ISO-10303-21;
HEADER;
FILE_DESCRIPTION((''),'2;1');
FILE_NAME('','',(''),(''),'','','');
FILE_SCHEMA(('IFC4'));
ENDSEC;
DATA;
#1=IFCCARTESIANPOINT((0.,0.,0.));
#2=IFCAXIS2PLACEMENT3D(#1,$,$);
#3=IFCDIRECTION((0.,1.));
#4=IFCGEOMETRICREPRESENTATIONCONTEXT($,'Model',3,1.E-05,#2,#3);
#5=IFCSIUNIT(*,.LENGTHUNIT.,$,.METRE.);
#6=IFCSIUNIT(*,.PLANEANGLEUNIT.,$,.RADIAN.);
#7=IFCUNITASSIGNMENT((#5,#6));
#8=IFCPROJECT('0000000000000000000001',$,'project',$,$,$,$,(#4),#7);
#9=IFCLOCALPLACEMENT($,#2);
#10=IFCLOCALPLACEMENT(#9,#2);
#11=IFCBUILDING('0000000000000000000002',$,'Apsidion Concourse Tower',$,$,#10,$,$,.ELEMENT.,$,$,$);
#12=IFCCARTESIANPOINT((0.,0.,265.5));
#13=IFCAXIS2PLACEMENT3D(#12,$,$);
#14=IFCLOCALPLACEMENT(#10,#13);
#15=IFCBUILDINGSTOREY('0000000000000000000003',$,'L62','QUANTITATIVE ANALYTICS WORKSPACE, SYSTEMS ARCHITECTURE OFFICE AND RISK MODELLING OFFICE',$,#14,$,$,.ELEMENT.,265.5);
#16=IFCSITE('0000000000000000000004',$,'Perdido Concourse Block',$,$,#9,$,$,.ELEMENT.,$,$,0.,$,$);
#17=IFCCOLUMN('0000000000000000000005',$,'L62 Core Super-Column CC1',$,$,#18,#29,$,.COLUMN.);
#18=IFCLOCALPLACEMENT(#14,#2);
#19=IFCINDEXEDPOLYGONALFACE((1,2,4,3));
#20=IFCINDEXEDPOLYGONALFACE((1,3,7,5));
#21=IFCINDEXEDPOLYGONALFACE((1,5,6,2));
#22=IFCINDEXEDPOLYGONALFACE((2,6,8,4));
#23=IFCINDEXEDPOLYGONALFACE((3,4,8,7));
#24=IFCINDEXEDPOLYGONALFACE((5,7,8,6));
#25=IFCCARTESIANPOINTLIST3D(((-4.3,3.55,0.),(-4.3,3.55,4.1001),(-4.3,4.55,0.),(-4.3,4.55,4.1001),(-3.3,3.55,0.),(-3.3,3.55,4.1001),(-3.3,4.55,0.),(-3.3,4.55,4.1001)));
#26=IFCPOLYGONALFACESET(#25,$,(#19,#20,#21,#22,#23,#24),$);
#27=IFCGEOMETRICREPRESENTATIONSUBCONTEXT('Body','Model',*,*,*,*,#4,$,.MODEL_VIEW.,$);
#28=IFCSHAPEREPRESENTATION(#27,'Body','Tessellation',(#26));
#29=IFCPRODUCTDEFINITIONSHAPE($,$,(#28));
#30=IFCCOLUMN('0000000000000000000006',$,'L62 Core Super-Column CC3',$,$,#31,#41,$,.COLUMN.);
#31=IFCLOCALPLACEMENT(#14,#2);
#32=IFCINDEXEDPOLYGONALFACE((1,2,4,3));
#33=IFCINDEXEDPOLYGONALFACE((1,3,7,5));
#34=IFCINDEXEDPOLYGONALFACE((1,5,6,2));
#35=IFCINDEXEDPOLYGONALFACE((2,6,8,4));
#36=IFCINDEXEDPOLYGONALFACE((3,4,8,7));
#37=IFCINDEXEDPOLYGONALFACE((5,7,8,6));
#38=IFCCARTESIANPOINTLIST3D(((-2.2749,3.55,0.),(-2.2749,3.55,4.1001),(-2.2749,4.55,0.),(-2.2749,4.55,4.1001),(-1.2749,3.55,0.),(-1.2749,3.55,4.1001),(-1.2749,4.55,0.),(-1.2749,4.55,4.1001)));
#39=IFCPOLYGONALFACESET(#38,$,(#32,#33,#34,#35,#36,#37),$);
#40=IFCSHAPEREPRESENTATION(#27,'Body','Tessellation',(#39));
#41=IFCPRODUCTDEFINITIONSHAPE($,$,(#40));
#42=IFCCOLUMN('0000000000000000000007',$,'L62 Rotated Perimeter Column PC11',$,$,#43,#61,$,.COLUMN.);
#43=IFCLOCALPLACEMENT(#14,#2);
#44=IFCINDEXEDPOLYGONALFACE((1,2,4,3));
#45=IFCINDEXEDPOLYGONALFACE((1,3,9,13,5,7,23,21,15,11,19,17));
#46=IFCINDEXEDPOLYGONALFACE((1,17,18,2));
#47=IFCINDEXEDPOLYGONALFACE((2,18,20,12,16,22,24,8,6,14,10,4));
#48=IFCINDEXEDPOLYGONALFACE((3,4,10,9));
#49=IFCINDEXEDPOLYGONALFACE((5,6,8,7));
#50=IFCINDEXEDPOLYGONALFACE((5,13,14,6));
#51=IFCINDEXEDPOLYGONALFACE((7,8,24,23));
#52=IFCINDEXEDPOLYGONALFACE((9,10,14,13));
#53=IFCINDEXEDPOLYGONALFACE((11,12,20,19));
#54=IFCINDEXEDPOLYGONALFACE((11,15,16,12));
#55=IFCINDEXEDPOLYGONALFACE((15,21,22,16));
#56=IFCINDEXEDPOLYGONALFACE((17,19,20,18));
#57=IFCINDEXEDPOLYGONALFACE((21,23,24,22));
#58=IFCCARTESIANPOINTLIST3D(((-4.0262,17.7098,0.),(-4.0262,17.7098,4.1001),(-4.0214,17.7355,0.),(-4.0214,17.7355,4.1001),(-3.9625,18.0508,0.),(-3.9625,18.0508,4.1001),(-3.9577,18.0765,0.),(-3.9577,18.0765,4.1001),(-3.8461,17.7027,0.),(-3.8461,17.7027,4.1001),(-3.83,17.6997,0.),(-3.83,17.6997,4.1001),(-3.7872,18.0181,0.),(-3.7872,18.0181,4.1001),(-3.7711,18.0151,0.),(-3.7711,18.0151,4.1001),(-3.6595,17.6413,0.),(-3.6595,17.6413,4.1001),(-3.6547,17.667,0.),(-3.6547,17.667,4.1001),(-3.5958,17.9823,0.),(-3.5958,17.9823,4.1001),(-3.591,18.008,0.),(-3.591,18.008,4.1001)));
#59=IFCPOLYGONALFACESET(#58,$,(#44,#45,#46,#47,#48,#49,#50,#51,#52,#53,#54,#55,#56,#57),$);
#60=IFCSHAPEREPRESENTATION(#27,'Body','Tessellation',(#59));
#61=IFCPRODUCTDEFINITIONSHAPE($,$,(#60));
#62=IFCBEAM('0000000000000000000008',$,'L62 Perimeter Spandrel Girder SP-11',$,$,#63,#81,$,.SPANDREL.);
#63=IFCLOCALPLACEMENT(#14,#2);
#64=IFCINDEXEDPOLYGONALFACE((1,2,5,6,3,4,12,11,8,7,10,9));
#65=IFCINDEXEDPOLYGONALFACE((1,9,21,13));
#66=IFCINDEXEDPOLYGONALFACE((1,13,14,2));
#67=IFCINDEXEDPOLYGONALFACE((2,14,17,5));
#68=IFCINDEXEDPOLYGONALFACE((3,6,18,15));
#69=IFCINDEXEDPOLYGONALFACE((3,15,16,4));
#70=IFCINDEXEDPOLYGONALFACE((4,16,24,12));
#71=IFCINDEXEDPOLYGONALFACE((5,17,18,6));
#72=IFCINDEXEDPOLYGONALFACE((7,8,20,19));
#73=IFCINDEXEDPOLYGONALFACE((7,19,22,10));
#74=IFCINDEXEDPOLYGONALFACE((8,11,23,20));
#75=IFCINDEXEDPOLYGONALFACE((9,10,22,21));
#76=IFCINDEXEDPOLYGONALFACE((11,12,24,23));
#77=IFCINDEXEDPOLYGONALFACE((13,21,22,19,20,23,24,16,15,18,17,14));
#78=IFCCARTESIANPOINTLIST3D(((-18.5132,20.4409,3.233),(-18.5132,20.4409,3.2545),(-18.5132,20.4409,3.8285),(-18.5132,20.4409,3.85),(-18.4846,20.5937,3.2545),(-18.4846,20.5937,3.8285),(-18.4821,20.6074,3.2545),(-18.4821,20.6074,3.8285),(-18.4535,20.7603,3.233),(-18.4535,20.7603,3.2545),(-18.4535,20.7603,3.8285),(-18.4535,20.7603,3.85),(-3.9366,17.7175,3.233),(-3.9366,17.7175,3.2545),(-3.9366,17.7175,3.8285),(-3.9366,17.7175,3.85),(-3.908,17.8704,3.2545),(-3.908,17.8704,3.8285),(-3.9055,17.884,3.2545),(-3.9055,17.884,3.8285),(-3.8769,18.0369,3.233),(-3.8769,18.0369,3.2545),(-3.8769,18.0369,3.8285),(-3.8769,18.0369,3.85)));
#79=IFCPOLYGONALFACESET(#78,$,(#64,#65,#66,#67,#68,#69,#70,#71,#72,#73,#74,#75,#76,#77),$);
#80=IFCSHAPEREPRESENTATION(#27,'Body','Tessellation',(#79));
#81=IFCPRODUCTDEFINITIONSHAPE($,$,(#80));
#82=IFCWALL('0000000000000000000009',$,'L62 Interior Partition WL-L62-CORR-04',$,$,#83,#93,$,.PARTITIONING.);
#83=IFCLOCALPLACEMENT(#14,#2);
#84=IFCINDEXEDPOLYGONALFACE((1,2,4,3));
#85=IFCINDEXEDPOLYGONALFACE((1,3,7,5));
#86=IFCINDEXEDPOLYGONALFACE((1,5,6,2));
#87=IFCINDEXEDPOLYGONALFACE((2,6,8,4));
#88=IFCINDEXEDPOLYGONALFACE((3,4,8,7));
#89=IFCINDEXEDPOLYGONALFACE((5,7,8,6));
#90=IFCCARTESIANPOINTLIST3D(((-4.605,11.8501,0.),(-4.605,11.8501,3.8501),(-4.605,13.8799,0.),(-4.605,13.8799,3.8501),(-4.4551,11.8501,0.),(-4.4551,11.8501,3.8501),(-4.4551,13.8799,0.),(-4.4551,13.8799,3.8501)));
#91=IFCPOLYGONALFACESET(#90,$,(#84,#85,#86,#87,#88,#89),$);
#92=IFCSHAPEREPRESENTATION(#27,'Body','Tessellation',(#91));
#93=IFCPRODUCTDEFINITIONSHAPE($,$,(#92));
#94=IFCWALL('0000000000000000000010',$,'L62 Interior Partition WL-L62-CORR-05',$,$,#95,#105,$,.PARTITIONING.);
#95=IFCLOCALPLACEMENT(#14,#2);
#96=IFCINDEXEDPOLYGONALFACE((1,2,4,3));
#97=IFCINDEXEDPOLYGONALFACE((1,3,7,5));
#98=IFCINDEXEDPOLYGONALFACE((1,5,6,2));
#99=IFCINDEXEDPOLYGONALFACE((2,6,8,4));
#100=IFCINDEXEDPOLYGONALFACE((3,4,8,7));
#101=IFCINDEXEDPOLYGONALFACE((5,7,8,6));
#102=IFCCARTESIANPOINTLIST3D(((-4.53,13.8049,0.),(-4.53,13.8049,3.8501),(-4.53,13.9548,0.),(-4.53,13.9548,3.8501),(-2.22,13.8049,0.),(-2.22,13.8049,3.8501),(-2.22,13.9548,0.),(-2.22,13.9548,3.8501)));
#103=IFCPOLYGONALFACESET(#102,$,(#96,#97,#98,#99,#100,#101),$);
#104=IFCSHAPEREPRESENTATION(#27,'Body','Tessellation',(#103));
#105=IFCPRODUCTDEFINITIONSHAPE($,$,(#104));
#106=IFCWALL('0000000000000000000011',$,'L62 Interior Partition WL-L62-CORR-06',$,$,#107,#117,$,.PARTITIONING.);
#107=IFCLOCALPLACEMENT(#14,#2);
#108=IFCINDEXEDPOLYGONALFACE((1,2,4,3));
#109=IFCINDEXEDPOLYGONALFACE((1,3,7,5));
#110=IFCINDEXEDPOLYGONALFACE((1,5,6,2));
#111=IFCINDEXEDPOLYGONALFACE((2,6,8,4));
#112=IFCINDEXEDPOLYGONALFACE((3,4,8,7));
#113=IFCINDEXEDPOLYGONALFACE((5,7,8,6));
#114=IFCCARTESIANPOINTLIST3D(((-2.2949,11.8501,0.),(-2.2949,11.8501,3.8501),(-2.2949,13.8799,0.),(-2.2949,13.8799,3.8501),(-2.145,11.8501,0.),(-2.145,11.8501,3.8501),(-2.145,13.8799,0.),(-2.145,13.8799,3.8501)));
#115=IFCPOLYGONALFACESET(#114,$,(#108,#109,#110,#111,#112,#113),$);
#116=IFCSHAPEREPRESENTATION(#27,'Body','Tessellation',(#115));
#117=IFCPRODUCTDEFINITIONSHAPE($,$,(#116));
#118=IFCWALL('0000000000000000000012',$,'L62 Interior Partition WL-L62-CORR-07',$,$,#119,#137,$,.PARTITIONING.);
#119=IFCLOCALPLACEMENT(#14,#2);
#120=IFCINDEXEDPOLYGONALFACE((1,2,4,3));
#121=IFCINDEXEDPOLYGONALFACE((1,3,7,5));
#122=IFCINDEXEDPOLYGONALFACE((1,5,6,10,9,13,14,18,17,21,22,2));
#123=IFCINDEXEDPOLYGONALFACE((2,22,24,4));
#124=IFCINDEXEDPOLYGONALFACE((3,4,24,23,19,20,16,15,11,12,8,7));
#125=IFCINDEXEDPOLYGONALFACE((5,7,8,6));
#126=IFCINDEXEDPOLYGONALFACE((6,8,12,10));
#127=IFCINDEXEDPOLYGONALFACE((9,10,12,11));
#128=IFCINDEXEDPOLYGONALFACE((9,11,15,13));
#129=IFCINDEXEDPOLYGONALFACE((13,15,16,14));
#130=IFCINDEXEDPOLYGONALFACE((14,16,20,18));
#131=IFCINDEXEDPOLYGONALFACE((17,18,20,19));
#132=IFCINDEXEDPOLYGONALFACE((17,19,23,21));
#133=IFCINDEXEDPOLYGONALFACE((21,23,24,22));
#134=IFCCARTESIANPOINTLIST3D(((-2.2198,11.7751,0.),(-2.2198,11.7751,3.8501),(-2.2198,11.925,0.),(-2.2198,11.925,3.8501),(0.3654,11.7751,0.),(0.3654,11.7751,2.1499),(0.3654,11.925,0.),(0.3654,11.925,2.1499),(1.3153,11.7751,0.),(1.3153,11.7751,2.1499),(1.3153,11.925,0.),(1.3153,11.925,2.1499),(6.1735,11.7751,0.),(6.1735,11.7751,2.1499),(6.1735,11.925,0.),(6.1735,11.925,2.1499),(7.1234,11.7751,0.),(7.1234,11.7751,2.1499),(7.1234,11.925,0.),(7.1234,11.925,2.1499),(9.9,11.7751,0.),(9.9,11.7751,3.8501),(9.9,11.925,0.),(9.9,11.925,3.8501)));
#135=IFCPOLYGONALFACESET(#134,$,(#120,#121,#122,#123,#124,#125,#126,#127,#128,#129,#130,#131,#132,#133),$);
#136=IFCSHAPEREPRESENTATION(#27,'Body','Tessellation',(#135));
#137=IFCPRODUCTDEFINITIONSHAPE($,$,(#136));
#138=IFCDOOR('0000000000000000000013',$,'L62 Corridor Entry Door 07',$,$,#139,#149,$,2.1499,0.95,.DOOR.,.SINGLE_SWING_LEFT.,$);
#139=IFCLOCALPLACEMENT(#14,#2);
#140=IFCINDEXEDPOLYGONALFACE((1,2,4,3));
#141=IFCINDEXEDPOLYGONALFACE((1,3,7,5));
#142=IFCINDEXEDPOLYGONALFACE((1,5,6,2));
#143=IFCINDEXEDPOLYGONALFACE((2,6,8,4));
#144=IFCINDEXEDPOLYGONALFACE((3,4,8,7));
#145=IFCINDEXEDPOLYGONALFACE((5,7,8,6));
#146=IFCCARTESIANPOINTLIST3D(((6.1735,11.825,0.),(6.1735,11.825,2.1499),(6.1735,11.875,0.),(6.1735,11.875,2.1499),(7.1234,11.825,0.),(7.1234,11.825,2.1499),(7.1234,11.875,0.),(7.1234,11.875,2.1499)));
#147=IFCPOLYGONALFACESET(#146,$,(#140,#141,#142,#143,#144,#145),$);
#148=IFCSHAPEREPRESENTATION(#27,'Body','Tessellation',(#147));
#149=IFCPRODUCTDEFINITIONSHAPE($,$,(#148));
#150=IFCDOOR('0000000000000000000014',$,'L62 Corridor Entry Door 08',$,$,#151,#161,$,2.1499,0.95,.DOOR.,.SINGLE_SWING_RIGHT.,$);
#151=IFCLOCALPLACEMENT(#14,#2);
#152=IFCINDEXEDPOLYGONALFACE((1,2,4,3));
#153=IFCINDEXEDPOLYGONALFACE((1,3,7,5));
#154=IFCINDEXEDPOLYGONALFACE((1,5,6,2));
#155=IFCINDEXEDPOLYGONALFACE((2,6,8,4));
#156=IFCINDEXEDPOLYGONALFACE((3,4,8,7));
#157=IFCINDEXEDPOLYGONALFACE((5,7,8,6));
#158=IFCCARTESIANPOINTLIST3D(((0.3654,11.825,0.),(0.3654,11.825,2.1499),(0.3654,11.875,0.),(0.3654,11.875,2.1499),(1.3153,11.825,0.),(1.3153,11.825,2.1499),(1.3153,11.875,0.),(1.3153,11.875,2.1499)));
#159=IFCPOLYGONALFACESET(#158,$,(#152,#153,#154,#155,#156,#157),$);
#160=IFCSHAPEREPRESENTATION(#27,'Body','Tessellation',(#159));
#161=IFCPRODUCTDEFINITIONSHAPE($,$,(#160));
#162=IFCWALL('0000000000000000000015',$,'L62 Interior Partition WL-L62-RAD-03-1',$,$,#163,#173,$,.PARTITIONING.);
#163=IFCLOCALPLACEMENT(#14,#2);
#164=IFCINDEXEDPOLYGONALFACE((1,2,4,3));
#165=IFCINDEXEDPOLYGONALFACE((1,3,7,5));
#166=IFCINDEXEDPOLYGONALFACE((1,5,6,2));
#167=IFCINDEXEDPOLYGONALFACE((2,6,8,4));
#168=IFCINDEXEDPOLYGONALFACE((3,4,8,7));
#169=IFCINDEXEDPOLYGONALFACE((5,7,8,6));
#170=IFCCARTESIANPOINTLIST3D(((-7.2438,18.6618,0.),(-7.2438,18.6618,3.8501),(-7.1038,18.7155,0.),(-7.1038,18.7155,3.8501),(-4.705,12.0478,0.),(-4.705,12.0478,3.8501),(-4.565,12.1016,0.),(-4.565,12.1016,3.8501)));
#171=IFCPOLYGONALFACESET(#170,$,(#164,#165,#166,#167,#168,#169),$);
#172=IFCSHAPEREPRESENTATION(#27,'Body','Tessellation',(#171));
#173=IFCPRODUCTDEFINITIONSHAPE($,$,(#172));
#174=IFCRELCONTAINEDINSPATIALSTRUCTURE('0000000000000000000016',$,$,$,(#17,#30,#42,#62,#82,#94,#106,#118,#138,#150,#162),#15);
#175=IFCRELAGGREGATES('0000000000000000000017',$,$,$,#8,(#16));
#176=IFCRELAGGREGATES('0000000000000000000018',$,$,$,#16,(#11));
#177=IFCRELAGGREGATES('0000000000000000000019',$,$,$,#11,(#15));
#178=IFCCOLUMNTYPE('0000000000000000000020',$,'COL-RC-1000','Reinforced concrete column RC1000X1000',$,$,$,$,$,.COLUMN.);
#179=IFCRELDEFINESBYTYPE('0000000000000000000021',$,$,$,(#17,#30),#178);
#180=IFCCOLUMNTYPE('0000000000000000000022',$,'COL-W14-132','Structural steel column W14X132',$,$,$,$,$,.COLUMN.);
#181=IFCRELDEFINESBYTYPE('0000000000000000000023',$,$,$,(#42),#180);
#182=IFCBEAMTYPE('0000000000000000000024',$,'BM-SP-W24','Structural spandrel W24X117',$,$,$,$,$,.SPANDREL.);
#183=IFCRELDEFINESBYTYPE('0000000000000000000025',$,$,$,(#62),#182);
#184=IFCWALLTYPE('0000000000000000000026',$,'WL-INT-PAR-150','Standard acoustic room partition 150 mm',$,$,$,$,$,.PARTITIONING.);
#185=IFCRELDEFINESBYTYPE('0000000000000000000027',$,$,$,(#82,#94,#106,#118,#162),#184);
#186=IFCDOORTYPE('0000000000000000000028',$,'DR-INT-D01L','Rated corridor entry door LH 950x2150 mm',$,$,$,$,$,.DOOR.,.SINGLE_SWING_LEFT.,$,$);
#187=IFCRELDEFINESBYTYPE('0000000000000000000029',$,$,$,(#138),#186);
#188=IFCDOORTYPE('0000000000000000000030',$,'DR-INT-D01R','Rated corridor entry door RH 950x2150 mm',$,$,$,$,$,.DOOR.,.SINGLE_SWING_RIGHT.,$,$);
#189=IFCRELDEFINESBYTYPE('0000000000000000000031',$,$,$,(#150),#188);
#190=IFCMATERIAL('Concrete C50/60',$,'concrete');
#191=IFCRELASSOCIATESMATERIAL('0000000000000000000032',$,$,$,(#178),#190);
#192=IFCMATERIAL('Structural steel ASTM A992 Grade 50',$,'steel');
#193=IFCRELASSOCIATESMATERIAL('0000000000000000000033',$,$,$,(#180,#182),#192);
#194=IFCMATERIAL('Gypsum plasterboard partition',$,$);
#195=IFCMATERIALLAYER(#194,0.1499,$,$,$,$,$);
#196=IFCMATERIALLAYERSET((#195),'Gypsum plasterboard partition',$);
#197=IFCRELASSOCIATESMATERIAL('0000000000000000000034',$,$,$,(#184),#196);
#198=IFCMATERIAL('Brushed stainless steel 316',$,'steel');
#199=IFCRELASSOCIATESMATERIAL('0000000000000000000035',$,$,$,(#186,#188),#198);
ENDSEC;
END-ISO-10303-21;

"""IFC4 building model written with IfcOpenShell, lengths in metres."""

from ifc_helpers import new_model, si_unit, direction, frame, frame_2d, origin, origin_2d, place, context, subcontext, project, spatial, rectangle, i_section, extrude, material, layer, layer_set, material_profile, profile_set, type_object, element, fill, save


model = new_model("IFC4")

# Units and contexts
model_context = context("Model", 3, precision=1e-05, world=origin(), true_north=direction((0.0, 1.0)))
body_context = subcontext(model_context, "Body", "Model", "MODEL_VIEW")
ifc_project = project(units=[si_unit("LENGTHUNIT", "METRE"), si_unit("PLANEANGLEUNIT", "RADIAN")], contexts=[model_context])

# Site, building, storey
site_placement = place(None, origin())
site = spatial("IfcSite", under=ifc_project, at=site_placement, Name="Perdido Concourse Block", CompositionType="ELEMENT", RefElevation=0.0)
building_placement = place(site_placement, origin())
building = spatial("IfcBuilding", under=site, at=building_placement, Name="Apsidion Concourse Tower", CompositionType="ELEMENT")
storey_placement = place(building_placement, frame((0.0, 0.0, 265.5)))
storey = spatial("IfcBuildingStorey", under=building, at=storey_placement, Name="L62", Description="QUANTITATIVE ANALYTICS WORKSPACE, SYSTEMS ARCHITECTURE OFFICE AND RISK MODELLING OFFICE", CompositionType="ELEMENT", Elevation=265.5)

# Columns
ifc_material_1 = material(Name="Concrete C50/60", Category="concrete")
ifc_material_profile_1 = material_profile(ifc_material_1, rectangle(XDim=1.0, YDim=1.0, at=origin_2d()), Name="RC 1000x1000")
ifc_profile_set_1 = profile_set([ifc_material_profile_1], Name="Concrete C50/60")
column_type_1 = type_object("IfcColumnType", Name="COL-RC-1000", Description="Reinforced concrete column RC1000X1000", PredefinedType="COLUMN", material=ifc_profile_set_1)
for number, where, z_axis, x_axis, name in (
    (1, (-3.8, 4.05, 0.0), (0.0, 0.0, 1.0), (1.0, 0.0, 0.0), "L62 Core Super-Column CC1"),
    (2, (-1.7749, 4.05, 0.0), (0.0, 0.0, 1.0), (1.0, 0.0, 0.0), "L62 Core Super-Column CC3"),
):
    element("IfcColumn", number, at=place(storey_placement, frame(where, z_axis=z_axis, x_axis=x_axis)), inside=storey, type_object=column_type_1, Name=name, PredefinedType="COLUMN", context=body_context, shape_type="SweptSolid", body=[
        extrude(rectangle(XDim=1.0, YDim=1.0, at=origin_2d()), origin(), (0.0, 0.0, 1.0), 4.1001),
    ])
ifc_material_2 = material(Name="Structural steel ASTM A992 Grade 50", Category="steel")
ifc_material_profile_2 = material_profile(ifc_material_2, i_section(OverallWidth=0.373, OverallDepth=0.373, WebThickness=0.0164, FlangeThickness=0.0261, at=origin_2d()), Name="W14X132")
ifc_profile_set_2 = profile_set([ifc_material_profile_2], Name="Structural steel ASTM A992 Grade 50")
column_type_2 = type_object("IfcColumnType", Name="COL-W14-132", Description="Structural steel column W14X132", PredefinedType="COLUMN", material=ifc_profile_set_2)
column_placement = place(storey_placement, frame((-3.8086, 17.8589, 0.0), z_axis=(0.0, 0.0, 1.0), x_axis=(-0.983, 0.183608, 0.0)))
element("IfcColumn", 3, at=column_placement, inside=storey, type_object=column_type_2, Name="L62 Rotated Perimeter Column PC11", PredefinedType="COLUMN", context=body_context, shape_type="SweptSolid", body=[
    extrude(i_section(OverallWidth=0.373, OverallDepth=0.373, WebThickness=0.0164, FlangeThickness=0.0261, at=origin_2d()), origin(), (0.0, 0.0, 1.0), 4.1001),
])

# Beam
ifc_material_profile_3 = material_profile(ifc_material_2, i_section(OverallWidth=0.325, OverallDepth=0.6169, WebThickness=0.0139, FlangeThickness=0.0215, at=origin_2d()), Name="W24X117")
ifc_profile_set_3 = profile_set([ifc_material_profile_3], Name="Structural steel ASTM A992 Grade 50")
beam_type = type_object("IfcBeamType", Name="BM-SP-W24", Description="Structural spandrel W24X117", PredefinedType="SPANDREL", material=ifc_profile_set_3)
beam_placement = place(storey_placement, frame((-3.9067, 17.8772, 3.5415), z_axis=(-0.982991, 0.183654, 0.0), x_axis=(-0.183654, -0.982991, 0.0)))
element("IfcBeam", 4, at=beam_placement, inside=storey, type_object=beam_type, Name="L62 Perimeter Spandrel Girder SP-11", PredefinedType="SPANDREL", context=body_context, shape_type="SweptSolid", body=[
    extrude(i_section(OverallWidth=0.325, OverallDepth=0.6169, WebThickness=0.0139, FlangeThickness=0.0215, at=origin_2d()), origin(), (0.0, 0.0, 1.0), 14.8289),
])

# Walls
ifc_material_3 = material(Name="Gypsum plasterboard partition")
ifc_layer_1 = layer(ifc_material_3, 0.1499)
ifc_layer_set_1 = layer_set([ifc_layer_1], Name="Gypsum plasterboard partition")
wall_type_1 = type_object("IfcWallType", Name="WL-INT-PAR-150", Description="Standard acoustic room partition 150 mm", PredefinedType="PARTITIONING", material=ifc_layer_set_1)
wall_1_placement = place(storey_placement, frame((-4.53, 11.8501, 0.0), z_axis=(0.0, 0.0, 1.0), x_axis=(0.0, 1.0, 0.0)))
element("IfcWall", 5, at=wall_1_placement, inside=storey, type_object=wall_type_1, Name="L62 Interior Partition WL-L62-CORR-04", PredefinedType="PARTITIONING", context=body_context, shape_type="SweptSolid", body=[
    extrude(rectangle(XDim=2.0298, YDim=0.1499, at=frame_2d((1.0149, 0.0))), origin(), (0.0, 0.0, 1.0), 3.8501),
])
wall_2_placement = place(storey_placement, frame((-4.53, 13.8799, 0.0), z_axis=(0.0, 0.0, 1.0), x_axis=(1.0, 0.0, 0.0)))
element("IfcWall", 6, at=wall_2_placement, inside=storey, type_object=wall_type_1, Name="L62 Interior Partition WL-L62-CORR-05", PredefinedType="PARTITIONING", context=body_context, shape_type="SweptSolid", body=[
    extrude(rectangle(XDim=2.3101, YDim=0.1499, at=frame_2d((1.155, 0.0))), origin(), (0.0, 0.0, 1.0), 3.8501),
])
wall_3_placement = place(storey_placement, frame((-2.22, 13.8799, 0.0), z_axis=(0.0, 0.0, 1.0), x_axis=(0.0, -1.0, 0.0)))
element("IfcWall", 7, at=wall_3_placement, inside=storey, type_object=wall_type_1, Name="L62 Interior Partition WL-L62-CORR-06", PredefinedType="PARTITIONING", context=body_context, shape_type="SweptSolid", body=[
    extrude(rectangle(XDim=2.0298, YDim=0.1499, at=frame_2d((1.0149, 0.0))), origin(), (0.0, 0.0, 1.0), 3.8501),
])

# Wall, openings, doors
wall_4_placement = place(storey_placement, frame((-2.22, 11.8501, 0.0), z_axis=(0.0, 0.0, 1.0), x_axis=(1.0, 0.0, 0.0)))
wall_4 = element("IfcWall", 8, at=wall_4_placement, inside=storey, type_object=wall_type_1, Name="L62 Interior Partition WL-L62-CORR-07", PredefinedType="PARTITIONING", context=body_context, shape_type="SweptSolid", body=[
    extrude(rectangle(XDim=12.1199, YDim=0.1499, at=frame_2d((6.0601, 0.0))), origin(), (0.0, 0.0, 1.0), 3.8501),
])
opening_1_placement = place(wall_4_placement, frame((8.3933, 0.0, 0.0)))
opening_1 = element("IfcOpeningElement", 9, at=opening_1_placement, cuts=wall_4, PredefinedType="OPENING", context=body_context, shape_type="SweptSolid", body=[
    extrude(rectangle(XDim=0.95, YDim=2.1499, at=frame_2d((0.4751, 1.075))), frame((0.0, 0.085, 0.0), z_axis=(0.0, -1.0, 0.0), x_axis=(1.0, 0.0, 0.0)), (0.0, 0.0, 1.0), 0.1699),
])
opening_2_placement = place(wall_4_placement, frame((2.5852, 0.0, 0.0)))
opening_2 = element("IfcOpeningElement", 10, at=opening_2_placement, cuts=wall_4, PredefinedType="OPENING", context=body_context, shape_type="SweptSolid", body=[
    extrude(rectangle(XDim=0.95, YDim=2.1499, at=frame_2d((0.4751, 1.075))), frame((0.0, 0.085, 0.0), z_axis=(0.0, -1.0, 0.0), x_axis=(1.0, 0.0, 0.0)), (0.0, 0.0, 1.0), 0.1699),
])
ifc_material_4 = material(Name="Brushed stainless steel 316", Category="steel")
door_type_1 = type_object("IfcDoorType", Name="DR-INT-D01L", Description="Rated corridor entry door LH 950x2150 mm", OperationType="SINGLE_SWING_LEFT", PredefinedType="DOOR", material=ifc_material_4)
door_1_placement = place(opening_1_placement, origin())
door_1 = element("IfcDoor", 11, at=door_1_placement, inside=storey, type_object=door_type_1, Name="L62 Corridor Entry Door 07", OperationType="SINGLE_SWING_LEFT", OverallHeight=2.1499, OverallWidth=0.95, PredefinedType="DOOR", context=body_context, shape_type="SweptSolid", body=[
    extrude(rectangle(XDim=0.95, YDim=2.1499, at=frame_2d((0.4751, 1.075))), frame((0.0, 0.0249, 0.0), z_axis=(0.0, -1.0, 0.0), x_axis=(1.0, 0.0, 0.0)), (0.0, 0.0, 1.0), 0.05),
])
fill(opening_1, door_1)
door_type_2 = type_object("IfcDoorType", Name="DR-INT-D01R", Description="Rated corridor entry door RH 950x2150 mm", OperationType="SINGLE_SWING_RIGHT", PredefinedType="DOOR", material=ifc_material_4)
door_2_placement = place(opening_2_placement, origin())
door_2 = element("IfcDoor", 12, at=door_2_placement, inside=storey, type_object=door_type_2, Name="L62 Corridor Entry Door 08", OperationType="SINGLE_SWING_RIGHT", OverallHeight=2.1499, OverallWidth=0.95, PredefinedType="DOOR", context=body_context, shape_type="SweptSolid", body=[
    extrude(rectangle(XDim=0.95, YDim=2.1499, at=frame_2d((0.4751, 1.075))), frame((0.0, 0.0249, 0.0), z_axis=(0.0, -1.0, 0.0), x_axis=(1.0, 0.0, 0.0)), (0.0, 0.0, 1.0), 0.05),
])
fill(opening_2, door_2)

# Wall
wall_5_placement = place(storey_placement, frame((-4.635, 12.0747, 0.0), z_axis=(0.0, 0.0, 1.0), x_axis=(-0.35836, 0.933583, 0.0)))
element("IfcWall", 13, at=wall_5_placement, inside=storey, type_object=wall_type_1, Name="L62 Interior Partition WL-L62-RAD-03-1", PredefinedType="PARTITIONING", context=body_context, shape_type="SweptSolid", body=[
    extrude(rectangle(XDim=7.0845, YDim=0.1499, at=frame_2d((3.5422, 0.0))), origin(), (0.0, 0.0, 1.0), 3.8501),
])

save(model, "model.ifc")
